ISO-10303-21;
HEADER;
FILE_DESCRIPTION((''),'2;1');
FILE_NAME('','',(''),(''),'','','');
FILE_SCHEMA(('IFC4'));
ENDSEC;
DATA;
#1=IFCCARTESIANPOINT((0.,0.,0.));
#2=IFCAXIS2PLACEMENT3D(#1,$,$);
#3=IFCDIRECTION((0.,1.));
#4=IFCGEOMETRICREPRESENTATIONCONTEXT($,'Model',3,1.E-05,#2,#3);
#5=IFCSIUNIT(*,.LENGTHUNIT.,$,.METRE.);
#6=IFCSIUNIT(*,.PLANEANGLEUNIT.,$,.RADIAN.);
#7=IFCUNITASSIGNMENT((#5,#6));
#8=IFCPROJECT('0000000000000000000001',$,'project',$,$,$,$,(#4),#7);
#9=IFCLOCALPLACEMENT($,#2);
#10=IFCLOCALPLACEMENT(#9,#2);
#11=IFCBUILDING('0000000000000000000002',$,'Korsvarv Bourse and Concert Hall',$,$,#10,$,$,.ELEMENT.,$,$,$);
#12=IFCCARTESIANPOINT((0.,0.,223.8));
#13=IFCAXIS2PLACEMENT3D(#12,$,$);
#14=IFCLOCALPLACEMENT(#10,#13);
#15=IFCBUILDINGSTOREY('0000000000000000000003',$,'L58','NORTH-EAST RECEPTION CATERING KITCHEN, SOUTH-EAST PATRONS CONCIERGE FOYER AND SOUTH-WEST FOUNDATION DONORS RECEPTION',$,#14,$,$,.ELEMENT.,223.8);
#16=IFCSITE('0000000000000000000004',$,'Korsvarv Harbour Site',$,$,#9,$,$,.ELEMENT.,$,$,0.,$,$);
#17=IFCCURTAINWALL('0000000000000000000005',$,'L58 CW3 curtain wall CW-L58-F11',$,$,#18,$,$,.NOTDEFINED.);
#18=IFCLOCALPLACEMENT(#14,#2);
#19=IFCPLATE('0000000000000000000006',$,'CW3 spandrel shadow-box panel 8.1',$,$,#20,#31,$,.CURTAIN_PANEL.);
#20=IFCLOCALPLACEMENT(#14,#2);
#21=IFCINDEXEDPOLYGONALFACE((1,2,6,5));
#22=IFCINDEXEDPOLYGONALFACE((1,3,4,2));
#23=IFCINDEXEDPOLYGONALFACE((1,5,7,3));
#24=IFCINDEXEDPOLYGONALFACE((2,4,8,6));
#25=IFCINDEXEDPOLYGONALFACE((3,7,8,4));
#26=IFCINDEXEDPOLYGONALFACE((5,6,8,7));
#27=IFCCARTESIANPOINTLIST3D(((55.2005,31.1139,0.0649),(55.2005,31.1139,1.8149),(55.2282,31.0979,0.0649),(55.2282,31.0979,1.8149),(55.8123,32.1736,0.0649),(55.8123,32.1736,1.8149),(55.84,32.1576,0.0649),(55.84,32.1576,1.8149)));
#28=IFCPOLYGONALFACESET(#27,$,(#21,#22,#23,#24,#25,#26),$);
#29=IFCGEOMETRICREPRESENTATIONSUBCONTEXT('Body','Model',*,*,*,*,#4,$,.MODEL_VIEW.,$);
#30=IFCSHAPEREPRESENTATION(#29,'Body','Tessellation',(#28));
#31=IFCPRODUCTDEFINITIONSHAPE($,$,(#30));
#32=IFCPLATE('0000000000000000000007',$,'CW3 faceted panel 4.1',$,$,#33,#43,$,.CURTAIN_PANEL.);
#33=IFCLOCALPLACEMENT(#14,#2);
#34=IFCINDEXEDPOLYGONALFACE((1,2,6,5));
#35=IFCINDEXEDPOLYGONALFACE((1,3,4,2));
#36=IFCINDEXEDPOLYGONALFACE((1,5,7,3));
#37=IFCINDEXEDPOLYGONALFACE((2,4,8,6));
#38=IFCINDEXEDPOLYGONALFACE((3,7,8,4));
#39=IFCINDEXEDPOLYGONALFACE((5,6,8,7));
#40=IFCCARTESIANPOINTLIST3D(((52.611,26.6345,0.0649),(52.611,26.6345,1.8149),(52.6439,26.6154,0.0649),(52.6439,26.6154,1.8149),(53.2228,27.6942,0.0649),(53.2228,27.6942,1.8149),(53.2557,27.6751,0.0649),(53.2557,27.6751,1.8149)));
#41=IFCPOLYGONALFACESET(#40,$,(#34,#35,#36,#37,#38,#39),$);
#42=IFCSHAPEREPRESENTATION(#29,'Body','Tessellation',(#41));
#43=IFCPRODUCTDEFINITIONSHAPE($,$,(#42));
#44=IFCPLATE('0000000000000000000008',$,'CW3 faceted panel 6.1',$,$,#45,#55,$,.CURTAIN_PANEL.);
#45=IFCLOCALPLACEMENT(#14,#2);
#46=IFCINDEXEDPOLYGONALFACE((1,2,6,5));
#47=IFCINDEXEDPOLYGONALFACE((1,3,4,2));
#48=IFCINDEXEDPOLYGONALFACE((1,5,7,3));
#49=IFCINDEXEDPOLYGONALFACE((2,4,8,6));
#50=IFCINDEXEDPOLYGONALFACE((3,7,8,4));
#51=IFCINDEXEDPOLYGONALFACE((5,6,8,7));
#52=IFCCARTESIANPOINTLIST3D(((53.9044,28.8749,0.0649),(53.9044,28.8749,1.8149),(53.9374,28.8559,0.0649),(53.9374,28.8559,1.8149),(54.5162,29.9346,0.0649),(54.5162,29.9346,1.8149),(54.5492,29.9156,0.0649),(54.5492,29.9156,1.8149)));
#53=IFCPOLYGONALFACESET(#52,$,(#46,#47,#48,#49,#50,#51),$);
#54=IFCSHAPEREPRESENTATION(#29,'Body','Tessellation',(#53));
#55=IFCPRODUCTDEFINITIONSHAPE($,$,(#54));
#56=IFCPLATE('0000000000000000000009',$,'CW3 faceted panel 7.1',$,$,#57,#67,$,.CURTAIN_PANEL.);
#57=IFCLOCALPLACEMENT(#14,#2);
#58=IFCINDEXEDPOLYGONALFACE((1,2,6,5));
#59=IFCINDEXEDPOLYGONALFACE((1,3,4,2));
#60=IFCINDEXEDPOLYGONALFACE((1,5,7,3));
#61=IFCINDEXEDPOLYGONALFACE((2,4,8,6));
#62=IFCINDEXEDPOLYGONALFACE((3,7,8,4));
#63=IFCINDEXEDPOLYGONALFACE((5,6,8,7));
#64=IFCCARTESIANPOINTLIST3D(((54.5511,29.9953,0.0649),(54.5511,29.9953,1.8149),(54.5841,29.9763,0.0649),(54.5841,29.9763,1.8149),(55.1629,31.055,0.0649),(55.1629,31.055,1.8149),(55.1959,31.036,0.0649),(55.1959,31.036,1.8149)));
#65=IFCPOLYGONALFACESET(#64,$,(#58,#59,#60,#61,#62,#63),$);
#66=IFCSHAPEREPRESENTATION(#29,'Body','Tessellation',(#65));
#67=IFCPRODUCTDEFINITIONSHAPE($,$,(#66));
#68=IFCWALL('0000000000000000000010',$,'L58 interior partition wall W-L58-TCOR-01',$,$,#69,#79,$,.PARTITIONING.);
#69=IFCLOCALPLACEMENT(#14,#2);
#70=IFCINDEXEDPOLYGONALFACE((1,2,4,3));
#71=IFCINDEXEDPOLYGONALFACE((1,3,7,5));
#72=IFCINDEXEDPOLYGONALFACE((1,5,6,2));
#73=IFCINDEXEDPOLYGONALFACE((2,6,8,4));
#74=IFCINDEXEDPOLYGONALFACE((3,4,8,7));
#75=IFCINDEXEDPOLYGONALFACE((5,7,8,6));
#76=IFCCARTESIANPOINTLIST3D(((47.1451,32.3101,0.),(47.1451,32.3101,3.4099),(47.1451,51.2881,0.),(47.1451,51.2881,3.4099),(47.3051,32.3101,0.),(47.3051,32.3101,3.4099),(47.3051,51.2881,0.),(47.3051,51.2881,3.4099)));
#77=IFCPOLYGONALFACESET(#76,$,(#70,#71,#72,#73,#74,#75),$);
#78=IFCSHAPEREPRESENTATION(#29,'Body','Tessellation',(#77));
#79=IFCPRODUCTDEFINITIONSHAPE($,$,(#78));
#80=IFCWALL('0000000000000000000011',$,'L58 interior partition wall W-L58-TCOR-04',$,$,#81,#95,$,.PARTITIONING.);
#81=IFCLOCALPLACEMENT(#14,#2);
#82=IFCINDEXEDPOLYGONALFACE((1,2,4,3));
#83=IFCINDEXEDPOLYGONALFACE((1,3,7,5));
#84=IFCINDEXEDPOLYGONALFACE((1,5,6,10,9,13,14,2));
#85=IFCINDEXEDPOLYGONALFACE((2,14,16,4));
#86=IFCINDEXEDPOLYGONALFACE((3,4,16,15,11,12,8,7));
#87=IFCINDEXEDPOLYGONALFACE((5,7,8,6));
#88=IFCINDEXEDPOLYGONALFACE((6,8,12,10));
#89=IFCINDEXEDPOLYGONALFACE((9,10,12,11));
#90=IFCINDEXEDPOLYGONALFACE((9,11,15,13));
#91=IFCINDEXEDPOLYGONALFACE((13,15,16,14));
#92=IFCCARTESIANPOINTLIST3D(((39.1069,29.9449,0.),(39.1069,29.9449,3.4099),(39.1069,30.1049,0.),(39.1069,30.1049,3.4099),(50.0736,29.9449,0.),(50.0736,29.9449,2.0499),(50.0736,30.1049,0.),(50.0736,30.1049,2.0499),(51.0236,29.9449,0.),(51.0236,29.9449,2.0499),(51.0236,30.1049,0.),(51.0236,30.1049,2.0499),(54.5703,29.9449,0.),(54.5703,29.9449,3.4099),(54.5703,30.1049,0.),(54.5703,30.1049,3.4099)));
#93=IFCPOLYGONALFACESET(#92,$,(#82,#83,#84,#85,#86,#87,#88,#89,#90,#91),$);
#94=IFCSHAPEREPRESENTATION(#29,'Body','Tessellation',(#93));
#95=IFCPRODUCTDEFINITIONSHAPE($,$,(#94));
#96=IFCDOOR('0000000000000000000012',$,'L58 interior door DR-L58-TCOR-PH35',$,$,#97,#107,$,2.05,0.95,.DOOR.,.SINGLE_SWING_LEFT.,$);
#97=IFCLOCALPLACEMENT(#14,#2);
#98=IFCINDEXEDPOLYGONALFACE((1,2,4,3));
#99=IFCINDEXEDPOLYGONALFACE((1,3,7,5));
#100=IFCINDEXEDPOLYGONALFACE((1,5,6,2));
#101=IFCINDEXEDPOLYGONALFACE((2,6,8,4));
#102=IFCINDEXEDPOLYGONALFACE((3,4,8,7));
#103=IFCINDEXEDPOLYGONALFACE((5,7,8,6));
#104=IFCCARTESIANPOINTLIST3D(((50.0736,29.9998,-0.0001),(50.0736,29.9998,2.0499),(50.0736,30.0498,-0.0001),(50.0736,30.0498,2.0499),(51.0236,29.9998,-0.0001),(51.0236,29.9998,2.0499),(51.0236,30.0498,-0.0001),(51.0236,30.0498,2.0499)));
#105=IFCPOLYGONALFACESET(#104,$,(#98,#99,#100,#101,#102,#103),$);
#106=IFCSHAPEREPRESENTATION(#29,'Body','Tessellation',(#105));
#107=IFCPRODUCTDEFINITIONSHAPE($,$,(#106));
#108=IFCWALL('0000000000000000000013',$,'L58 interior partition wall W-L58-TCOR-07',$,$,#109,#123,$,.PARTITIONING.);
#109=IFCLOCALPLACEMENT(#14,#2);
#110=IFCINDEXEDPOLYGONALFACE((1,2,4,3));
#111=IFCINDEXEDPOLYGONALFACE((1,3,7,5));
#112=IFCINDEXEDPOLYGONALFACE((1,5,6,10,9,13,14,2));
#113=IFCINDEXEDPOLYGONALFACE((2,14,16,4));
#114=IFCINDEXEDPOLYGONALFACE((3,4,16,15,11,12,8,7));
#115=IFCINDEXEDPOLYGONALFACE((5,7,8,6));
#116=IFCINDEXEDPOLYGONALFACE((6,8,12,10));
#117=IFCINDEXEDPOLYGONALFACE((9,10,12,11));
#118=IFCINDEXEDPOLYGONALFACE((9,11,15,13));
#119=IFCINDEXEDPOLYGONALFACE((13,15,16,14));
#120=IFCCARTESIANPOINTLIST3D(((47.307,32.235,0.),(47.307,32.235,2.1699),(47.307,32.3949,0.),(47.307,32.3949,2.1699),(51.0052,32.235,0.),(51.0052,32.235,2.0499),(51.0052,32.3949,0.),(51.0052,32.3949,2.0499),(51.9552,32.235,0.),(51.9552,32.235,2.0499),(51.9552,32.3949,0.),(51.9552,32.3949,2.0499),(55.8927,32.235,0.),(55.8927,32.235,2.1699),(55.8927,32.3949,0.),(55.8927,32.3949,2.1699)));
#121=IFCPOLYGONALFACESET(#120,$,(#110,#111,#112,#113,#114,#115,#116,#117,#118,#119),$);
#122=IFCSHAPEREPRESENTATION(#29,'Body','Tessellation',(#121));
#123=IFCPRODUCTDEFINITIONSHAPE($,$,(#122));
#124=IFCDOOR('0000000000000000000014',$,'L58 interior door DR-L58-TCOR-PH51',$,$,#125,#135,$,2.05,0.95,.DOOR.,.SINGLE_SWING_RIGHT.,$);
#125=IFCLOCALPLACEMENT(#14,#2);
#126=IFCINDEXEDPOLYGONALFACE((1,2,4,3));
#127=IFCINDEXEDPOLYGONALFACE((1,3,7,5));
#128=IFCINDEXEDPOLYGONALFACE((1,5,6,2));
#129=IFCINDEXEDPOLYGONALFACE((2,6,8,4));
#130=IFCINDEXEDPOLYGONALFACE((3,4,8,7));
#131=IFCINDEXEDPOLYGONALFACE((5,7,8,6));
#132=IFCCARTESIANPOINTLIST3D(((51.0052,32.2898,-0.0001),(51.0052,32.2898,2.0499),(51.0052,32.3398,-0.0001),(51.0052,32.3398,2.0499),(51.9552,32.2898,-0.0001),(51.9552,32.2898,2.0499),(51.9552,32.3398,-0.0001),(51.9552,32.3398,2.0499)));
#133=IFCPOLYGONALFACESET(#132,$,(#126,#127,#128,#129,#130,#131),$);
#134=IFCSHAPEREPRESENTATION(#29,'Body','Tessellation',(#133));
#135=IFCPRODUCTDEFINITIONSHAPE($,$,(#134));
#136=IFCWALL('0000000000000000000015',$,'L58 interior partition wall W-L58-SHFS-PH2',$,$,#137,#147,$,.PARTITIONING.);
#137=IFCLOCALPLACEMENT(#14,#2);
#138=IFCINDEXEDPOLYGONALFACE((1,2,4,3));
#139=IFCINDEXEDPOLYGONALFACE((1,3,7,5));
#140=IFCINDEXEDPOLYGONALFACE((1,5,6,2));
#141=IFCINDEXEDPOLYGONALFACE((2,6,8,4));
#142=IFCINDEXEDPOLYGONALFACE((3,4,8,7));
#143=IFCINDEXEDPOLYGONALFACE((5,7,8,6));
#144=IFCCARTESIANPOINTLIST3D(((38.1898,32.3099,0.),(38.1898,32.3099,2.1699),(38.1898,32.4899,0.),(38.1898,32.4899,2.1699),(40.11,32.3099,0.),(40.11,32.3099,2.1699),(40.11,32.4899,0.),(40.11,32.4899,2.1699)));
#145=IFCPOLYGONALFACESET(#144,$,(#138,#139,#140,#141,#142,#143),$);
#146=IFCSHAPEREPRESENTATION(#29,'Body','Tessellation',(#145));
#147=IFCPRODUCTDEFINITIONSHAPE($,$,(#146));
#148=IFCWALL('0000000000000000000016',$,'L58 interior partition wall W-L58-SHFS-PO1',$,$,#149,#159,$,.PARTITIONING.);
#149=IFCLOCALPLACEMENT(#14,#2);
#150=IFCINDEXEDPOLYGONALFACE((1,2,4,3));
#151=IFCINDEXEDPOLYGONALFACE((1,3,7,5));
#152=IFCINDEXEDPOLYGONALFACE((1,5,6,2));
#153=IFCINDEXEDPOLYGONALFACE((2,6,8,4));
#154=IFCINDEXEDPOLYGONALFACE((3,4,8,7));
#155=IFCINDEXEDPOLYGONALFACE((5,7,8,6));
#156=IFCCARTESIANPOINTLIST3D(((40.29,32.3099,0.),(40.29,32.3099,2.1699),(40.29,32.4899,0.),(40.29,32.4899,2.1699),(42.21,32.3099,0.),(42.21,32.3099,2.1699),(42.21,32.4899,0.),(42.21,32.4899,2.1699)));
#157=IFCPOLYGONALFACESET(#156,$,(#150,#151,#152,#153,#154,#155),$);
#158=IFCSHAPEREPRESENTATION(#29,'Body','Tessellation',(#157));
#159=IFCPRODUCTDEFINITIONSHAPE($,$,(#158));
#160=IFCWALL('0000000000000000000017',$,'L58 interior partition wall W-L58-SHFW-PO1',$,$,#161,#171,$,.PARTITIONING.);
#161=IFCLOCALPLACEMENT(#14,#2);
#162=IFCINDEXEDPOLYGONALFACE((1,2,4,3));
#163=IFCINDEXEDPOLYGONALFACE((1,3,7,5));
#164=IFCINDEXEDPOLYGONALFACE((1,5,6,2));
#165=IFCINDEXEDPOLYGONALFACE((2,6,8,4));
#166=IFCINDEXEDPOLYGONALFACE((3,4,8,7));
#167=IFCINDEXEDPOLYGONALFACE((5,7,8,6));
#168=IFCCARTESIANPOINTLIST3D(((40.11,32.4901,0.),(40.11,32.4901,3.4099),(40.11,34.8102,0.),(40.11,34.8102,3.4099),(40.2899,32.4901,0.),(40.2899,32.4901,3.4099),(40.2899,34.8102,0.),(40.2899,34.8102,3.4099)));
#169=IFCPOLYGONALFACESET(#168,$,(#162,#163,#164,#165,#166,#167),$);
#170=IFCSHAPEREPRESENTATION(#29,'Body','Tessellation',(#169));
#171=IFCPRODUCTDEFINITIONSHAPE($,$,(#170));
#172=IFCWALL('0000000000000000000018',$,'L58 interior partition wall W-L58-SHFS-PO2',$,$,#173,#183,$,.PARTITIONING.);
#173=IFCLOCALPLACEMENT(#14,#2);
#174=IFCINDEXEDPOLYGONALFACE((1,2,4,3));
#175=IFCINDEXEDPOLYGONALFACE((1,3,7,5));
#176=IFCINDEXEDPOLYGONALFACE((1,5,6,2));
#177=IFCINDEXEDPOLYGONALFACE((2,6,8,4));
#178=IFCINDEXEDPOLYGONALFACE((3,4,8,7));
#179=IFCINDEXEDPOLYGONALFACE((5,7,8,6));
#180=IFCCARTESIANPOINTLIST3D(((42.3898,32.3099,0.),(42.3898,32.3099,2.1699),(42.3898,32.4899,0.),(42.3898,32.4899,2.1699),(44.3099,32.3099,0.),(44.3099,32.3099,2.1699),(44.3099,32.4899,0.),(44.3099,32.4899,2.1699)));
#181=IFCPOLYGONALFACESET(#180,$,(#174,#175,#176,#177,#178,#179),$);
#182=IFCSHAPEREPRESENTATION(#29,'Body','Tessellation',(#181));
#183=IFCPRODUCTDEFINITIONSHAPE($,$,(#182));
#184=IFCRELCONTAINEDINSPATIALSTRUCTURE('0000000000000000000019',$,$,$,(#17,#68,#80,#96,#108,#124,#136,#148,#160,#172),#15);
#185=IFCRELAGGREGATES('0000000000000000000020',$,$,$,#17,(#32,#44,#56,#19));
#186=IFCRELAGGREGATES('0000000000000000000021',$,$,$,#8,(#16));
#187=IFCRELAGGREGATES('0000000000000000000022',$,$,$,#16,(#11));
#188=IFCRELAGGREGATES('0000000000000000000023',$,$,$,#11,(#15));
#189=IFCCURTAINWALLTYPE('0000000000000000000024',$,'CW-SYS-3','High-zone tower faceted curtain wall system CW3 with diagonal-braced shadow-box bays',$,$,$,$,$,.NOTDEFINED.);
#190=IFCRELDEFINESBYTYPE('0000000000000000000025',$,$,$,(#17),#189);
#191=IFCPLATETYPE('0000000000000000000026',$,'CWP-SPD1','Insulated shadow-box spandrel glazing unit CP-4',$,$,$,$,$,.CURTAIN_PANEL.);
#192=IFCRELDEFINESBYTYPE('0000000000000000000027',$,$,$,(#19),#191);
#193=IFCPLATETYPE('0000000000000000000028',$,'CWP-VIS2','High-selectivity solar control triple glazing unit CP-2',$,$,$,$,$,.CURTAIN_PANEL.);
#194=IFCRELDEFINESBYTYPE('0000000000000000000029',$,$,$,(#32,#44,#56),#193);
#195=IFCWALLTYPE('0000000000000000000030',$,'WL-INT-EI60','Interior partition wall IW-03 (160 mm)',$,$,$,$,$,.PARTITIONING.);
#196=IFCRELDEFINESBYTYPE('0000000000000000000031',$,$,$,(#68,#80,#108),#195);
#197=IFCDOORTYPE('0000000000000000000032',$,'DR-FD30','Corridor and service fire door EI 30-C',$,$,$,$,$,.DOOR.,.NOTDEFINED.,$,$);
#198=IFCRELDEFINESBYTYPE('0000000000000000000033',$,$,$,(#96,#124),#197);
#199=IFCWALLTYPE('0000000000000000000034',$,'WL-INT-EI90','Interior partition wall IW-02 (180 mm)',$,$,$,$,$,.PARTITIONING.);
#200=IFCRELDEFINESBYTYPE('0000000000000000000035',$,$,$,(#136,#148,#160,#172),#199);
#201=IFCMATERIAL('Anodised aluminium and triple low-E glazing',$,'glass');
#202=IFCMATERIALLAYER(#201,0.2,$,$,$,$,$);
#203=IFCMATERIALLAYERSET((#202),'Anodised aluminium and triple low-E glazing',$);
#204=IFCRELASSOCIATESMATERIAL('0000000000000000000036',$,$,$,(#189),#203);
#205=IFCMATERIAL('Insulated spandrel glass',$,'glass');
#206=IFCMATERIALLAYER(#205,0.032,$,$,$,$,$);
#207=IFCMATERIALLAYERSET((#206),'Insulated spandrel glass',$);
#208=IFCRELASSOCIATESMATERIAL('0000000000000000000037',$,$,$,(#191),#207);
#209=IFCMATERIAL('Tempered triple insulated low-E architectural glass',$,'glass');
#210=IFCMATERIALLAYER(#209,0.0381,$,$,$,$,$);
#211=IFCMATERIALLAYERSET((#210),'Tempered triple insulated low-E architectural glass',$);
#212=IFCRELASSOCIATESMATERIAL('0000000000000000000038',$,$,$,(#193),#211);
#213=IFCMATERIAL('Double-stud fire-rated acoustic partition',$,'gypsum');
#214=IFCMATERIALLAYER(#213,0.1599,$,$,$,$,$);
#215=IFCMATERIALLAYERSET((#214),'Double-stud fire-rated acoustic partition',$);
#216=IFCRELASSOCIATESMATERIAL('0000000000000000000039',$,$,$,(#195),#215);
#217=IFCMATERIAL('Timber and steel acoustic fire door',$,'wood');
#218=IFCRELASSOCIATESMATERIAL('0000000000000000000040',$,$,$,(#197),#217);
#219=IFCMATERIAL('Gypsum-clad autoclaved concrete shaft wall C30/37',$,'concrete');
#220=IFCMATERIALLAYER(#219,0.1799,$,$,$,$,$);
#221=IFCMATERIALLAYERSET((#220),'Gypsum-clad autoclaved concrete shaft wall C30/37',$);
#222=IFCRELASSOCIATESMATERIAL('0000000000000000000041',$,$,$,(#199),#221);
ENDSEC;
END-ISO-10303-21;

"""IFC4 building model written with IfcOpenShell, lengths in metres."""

from ifc_helpers import new_model, si_unit, direction, frame, frame_2d, origin, origin_2d, place, context, subcontext, project, spatial, rectangle, extrude, source, transform, mapped, material, layer, layer_set, type_object, element, fill, aggregate, save


model = new_model("IFC4")

# Units and contexts
model_context = context("Model", 3, precision=1e-05, world=origin(), true_north=direction((0.0, 1.0)))
body_context = subcontext(model_context, "Body", "Model", "MODEL_VIEW")
ifc_project = project(units=[si_unit("LENGTHUNIT", "METRE"), si_unit("PLANEANGLEUNIT", "RADIAN")], contexts=[model_context])

# Site, building, storey
site_placement = place(None, origin())
site = spatial("IfcSite", under=ifc_project, at=site_placement, Name="Korsvarv Harbour Site", CompositionType="ELEMENT", RefElevation=0.0)
building_placement = place(site_placement, origin())
building = spatial("IfcBuilding", under=site, at=building_placement, Name="Korsvarv Bourse and Concert Hall", CompositionType="ELEMENT")
storey_placement = place(building_placement, frame((0.0, 0.0, 223.8)))
storey = spatial("IfcBuildingStorey", under=building, at=storey_placement, Name="L58", Description="NORTH-EAST RECEPTION CATERING KITCHEN, SOUTH-EAST PATRONS CONCIERGE FOYER AND SOUTH-WEST FOUNDATION DONORS RECEPTION", CompositionType="ELEMENT", Elevation=223.8)

# Curtain wall, plates
ifc_material_1 = material(Name="Anodised aluminium and triple low-E glazing", Category="glass")
ifc_layer_1 = layer(ifc_material_1, 0.2)
ifc_layer_set_1 = layer_set([ifc_layer_1], Name="Anodised aluminium and triple low-E glazing")
curtain_wall_type = type_object("IfcCurtainWallType", Name="CW-SYS-3", Description="High-zone tower faceted curtain wall system CW3 with diagonal-braced shadow-box bays", PredefinedType="NOTDEFINED", material=ifc_layer_set_1)
curtain_wall_placement = place(storey_placement, origin())
curtain_wall = element("IfcCurtainWall", 1, at=curtain_wall_placement, inside=storey, type_object=curtain_wall_type, Name="L58 CW3 curtain wall CW-L58-F11", PredefinedType="NOTDEFINED")
ifc_material_2 = material(Name="Insulated spandrel glass", Category="glass")
ifc_layer_2 = layer(ifc_material_2, 0.032)
ifc_layer_set_2 = layer_set([ifc_layer_2], Name="Insulated spandrel glass")
plate_type_1 = type_object("IfcPlateType", Name="CWP-SPD1", Description="Insulated shadow-box spandrel glazing unit CP-4", PredefinedType="CURTAIN_PANEL", material=ifc_layer_set_2)
shared_shape_1 = source(origin(), body_context, "Body", "SweptSolid", [
    extrude(rectangle(XDim=1.2236, YDim=0.032, at=origin_2d()), origin(), (0.0, 0.0, 1.0), 1.75),
])
plate_1_placement = place(storey_placement, frame((55.5203, 31.6357, 0.0649), z_axis=(0.0, 0.0, 1.0), x_axis=(0.499992, 0.86603, 0.0)))
plate_1 = element("IfcPlate", 2, at=plate_1_placement, type_object=plate_type_1, Name="CW3 spandrel shadow-box panel 8.1", PredefinedType="CURTAIN_PANEL", context=body_context, shape_type="MappedRepresentation", body=[
    mapped(shared_shape_1, transform((0.0, 0.0, 0.0), scale=1.0)),
])
ifc_material_3 = material(Name="Tempered triple insulated low-E architectural glass", Category="glass")
ifc_layer_3 = layer(ifc_material_3, 0.0381)
ifc_layer_set_3 = layer_set([ifc_layer_3], Name="Tempered triple insulated low-E architectural glass")
plate_type_2 = type_object("IfcPlateType", Name="CWP-VIS2", Description="High-selectivity solar control triple glazing unit CP-2", PredefinedType="CURTAIN_PANEL", material=ifc_layer_set_3)
shared_shape_2 = source(origin(), body_context, "Body", "SweptSolid", [
    extrude(rectangle(XDim=1.2236, YDim=0.0381, at=origin_2d()), origin(), (0.0, 0.0, 1.0), 1.75),
])
plate_2_placement = place(storey_placement, frame((52.9333, 27.1548, 0.0649), z_axis=(0.0, 0.0, 1.0), x_axis=(0.499992, 0.86603, 0.0)))
plate_2 = element("IfcPlate", 3, at=plate_2_placement, type_object=plate_type_2, Name="CW3 faceted panel 4.1", PredefinedType="CURTAIN_PANEL", context=body_context, shape_type="MappedRepresentation", body=[
    mapped(shared_shape_2, transform((0.0, 0.0, 0.0), scale=1.0)),
])
plate_3_placement = place(storey_placement, frame((54.2268, 29.3953, 0.0649), z_axis=(0.0, 0.0, 1.0), x_axis=(0.499992, 0.86603, 0.0)))
plate_3 = element("IfcPlate", 4, at=plate_3_placement, type_object=plate_type_2, Name="CW3 faceted panel 6.1", PredefinedType="CURTAIN_PANEL", context=body_context, shape_type="MappedRepresentation", body=[
    mapped(shared_shape_2, transform((0.0, 0.0, 0.0), scale=1.0)),
])
plate_4_placement = place(storey_placement, frame((54.8735, 30.5156, 0.0649), z_axis=(0.0, 0.0, 1.0), x_axis=(0.499992, 0.86603, 0.0)))
plate_4 = element("IfcPlate", 5, at=plate_4_placement, type_object=plate_type_2, Name="CW3 faceted panel 7.1", PredefinedType="CURTAIN_PANEL", context=body_context, shape_type="MappedRepresentation", body=[
    mapped(shared_shape_2, transform((0.0, 0.0, 0.0), scale=1.0)),
])
aggregate(curtain_wall, [plate_2, plate_3, plate_4, plate_1])

# Wall
ifc_material_4 = material(Name="Double-stud fire-rated acoustic partition", Category="gypsum")
ifc_layer_4 = layer(ifc_material_4, 0.1599)
ifc_layer_set_4 = layer_set([ifc_layer_4], Name="Double-stud fire-rated acoustic partition")
wall_type_1 = type_object("IfcWallType", Name="WL-INT-EI60", Description="Interior partition wall IW-03 (160 mm)", PredefinedType="PARTITIONING", material=ifc_layer_set_4)
wall_1_placement = place(storey_placement, frame((47.2251, 32.3101, 0.0), z_axis=(0.0, 0.0, 1.0), x_axis=(0.0, 1.0, 0.0)))
element("IfcWall", 6, at=wall_1_placement, inside=storey, type_object=wall_type_1, Name="L58 interior partition wall W-L58-TCOR-01", PredefinedType="PARTITIONING", context=body_context, shape_type="SweptSolid", body=[
    extrude(rectangle(XDim=18.978, YDim=0.1599, at=frame_2d((9.489, 0.0))), origin(), (0.0, 0.0, 1.0), 3.4099),
])

# Walls, openings, doors
wall_2_placement = place(storey_placement, frame((39.1069, 30.0249, 0.0), z_axis=(0.0, 0.0, 1.0), x_axis=(1.0, 0.0, 0.0)))
wall_2 = element("IfcWall", 7, at=wall_2_placement, inside=storey, type_object=wall_type_1, Name="L58 interior partition wall W-L58-TCOR-04", PredefinedType="PARTITIONING", context=body_context, shape_type="SweptSolid", body=[
    extrude(rectangle(XDim=15.4634, YDim=0.1599, at=frame_2d((7.7317, 0.0))), origin(), (0.0, 0.0, 1.0), 3.4099),
])
opening_1_placement = place(wall_2_placement, frame((10.9666, 0.0, 0.0)))
opening_1 = element("IfcOpeningElement", 8, at=opening_1_placement, cuts=wall_2, PredefinedType="OPENING", context=body_context, shape_type="SweptSolid", body=[
    extrude(rectangle(XDim=0.95, YDim=2.05, at=frame_2d((0.4751, 1.0249))), frame((0.0, 0.0898, 0.0), z_axis=(0.0, -1.0, 0.0), x_axis=(1.0, 0.0, 0.0)), (0.0, 0.0, 1.0), 0.1799),
])
ifc_material_5 = material(Name="Timber and steel acoustic fire door", Category="wood")
door_type = type_object("IfcDoorType", Name="DR-FD30", Description="Corridor and service fire door EI 30-C", OperationType="NOTDEFINED", PredefinedType="DOOR", material=ifc_material_5)
door_1_placement = place(opening_1_placement, origin())
door_1 = element("IfcDoor", 9, at=door_1_placement, inside=storey, type_object=door_type, Name="L58 interior door DR-L58-TCOR-PH35", OperationType="SINGLE_SWING_LEFT", OverallHeight=2.05, OverallWidth=0.95, PredefinedType="DOOR", context=body_context, shape_type="SweptSolid", body=[
    extrude(rectangle(XDim=0.95, YDim=2.05, at=frame_2d((0.4751, 1.0249))), frame((0.0, 0.0249, 0.0), z_axis=(0.0, -1.0, 0.0), x_axis=(1.0, 0.0, 0.0)), (0.0, 0.0, 1.0), 0.05),
])
fill(opening_1, door_1)
wall_3_placement = place(storey_placement, frame((47.3069, 32.3149, 0.0), z_axis=(0.0, 0.0, 1.0), x_axis=(1.0, 0.0, 0.0)))
wall_3 = element("IfcWall", 10, at=wall_3_placement, inside=storey, type_object=wall_type_1, Name="L58 interior partition wall W-L58-TCOR-07", PredefinedType="PARTITIONING", context=body_context, shape_type="SweptSolid", body=[
    extrude(rectangle(XDim=8.5857, YDim=0.1599, at=frame_2d((4.293, 0.0))), origin(), (0.0, 0.0, 1.0), 2.1699),
])
opening_2_placement = place(wall_3_placement, frame((3.6982, 0.0, 0.0)))
opening_2 = element("IfcOpeningElement", 11, at=opening_2_placement, cuts=wall_3, PredefinedType="OPENING", context=body_context, shape_type="SweptSolid", body=[
    extrude(rectangle(XDim=0.95, YDim=2.05, at=frame_2d((0.4751, 1.0249))), frame((0.0, 0.0898, 0.0), z_axis=(0.0, -1.0, 0.0), x_axis=(1.0, 0.0, 0.0)), (0.0, 0.0, 1.0), 0.1799),
])
door_2_placement = place(opening_2_placement, origin())
door_2 = element("IfcDoor", 12, at=door_2_placement, inside=storey, type_object=door_type, Name="L58 interior door DR-L58-TCOR-PH51", OperationType="SINGLE_SWING_RIGHT", OverallHeight=2.05, OverallWidth=0.95, PredefinedType="DOOR", context=body_context, shape_type="SweptSolid", body=[
    extrude(rectangle(XDim=0.95, YDim=2.05, at=frame_2d((0.4751, 1.0249))), frame((0.0, 0.0249, 0.0), z_axis=(0.0, -1.0, 0.0), x_axis=(1.0, 0.0, 0.0)), (0.0, 0.0, 1.0), 0.05),
])
fill(opening_2, door_2)

# Walls
ifc_material_6 = material(Name="Gypsum-clad autoclaved concrete shaft wall C30/37", Category="concrete")
ifc_layer_5 = layer(ifc_material_6, 0.1799)
ifc_layer_set_5 = layer_set([ifc_layer_5], Name="Gypsum-clad autoclaved concrete shaft wall C30/37")
wall_type_2 = type_object("IfcWallType", Name="WL-INT-EI90", Description="Interior partition wall IW-02 (180 mm)", PredefinedType="PARTITIONING", material=ifc_layer_set_5)
wall_4_placement = place(storey_placement, frame((38.1899, 32.3999, 0.0), z_axis=(0.0, 0.0, 1.0), x_axis=(1.0, 0.0, 0.0)))
element("IfcWall", 13, at=wall_4_placement, inside=storey, type_object=wall_type_2, Name="L58 interior partition wall W-L58-SHFS-PH2", PredefinedType="PARTITIONING", context=body_context, shape_type="SweptSolid", body=[
    extrude(rectangle(XDim=1.9202, YDim=0.1799, at=frame_2d((0.96, 0.0))), origin(), (0.0, 0.0, 1.0), 2.1699),
])
wall_5_placement = place(storey_placement, frame((40.29, 32.3999, 0.0), z_axis=(0.0, 0.0, 1.0), x_axis=(1.0, 0.0, 0.0)))
element("IfcWall", 14, at=wall_5_placement, inside=storey, type_object=wall_type_2, Name="L58 interior partition wall W-L58-SHFS-PO1", PredefinedType="PARTITIONING", context=body_context, shape_type="SweptSolid", body=[
    extrude(rectangle(XDim=1.9199, YDim=0.1799, at=frame_2d((0.96, 0.0))), origin(), (0.0, 0.0, 1.0), 2.1699),
])
wall_6_placement = place(storey_placement, frame((40.2, 32.49, 0.0), z_axis=(0.0, 0.0, 1.0), x_axis=(0.0, 1.0, 0.0)))
element("IfcWall", 15, at=wall_6_placement, inside=storey, type_object=wall_type_2, Name="L58 interior partition wall W-L58-SHFW-PO1", PredefinedType="PARTITIONING", context=body_context, shape_type="SweptSolid", body=[
    extrude(rectangle(XDim=2.3201, YDim=0.1799, at=frame_2d((1.1602, 0.0))), origin(), (0.0, 0.0, 1.0), 3.4099),
])
wall_7_placement = place(storey_placement, frame((42.3899, 32.3999, 0.0), z_axis=(0.0, 0.0, 1.0), x_axis=(1.0, 0.0, 0.0)))
element("IfcWall", 16, at=wall_7_placement, inside=storey, type_object=wall_type_2, Name="L58 interior partition wall W-L58-SHFS-PO2", PredefinedType="PARTITIONING", context=body_context, shape_type="SweptSolid", body=[
    extrude(rectangle(XDim=1.9202, YDim=0.1799, at=frame_2d((0.96, 0.0))), origin(), (0.0, 0.0, 1.0), 2.1699),
])

save(model, "model.ifc")
